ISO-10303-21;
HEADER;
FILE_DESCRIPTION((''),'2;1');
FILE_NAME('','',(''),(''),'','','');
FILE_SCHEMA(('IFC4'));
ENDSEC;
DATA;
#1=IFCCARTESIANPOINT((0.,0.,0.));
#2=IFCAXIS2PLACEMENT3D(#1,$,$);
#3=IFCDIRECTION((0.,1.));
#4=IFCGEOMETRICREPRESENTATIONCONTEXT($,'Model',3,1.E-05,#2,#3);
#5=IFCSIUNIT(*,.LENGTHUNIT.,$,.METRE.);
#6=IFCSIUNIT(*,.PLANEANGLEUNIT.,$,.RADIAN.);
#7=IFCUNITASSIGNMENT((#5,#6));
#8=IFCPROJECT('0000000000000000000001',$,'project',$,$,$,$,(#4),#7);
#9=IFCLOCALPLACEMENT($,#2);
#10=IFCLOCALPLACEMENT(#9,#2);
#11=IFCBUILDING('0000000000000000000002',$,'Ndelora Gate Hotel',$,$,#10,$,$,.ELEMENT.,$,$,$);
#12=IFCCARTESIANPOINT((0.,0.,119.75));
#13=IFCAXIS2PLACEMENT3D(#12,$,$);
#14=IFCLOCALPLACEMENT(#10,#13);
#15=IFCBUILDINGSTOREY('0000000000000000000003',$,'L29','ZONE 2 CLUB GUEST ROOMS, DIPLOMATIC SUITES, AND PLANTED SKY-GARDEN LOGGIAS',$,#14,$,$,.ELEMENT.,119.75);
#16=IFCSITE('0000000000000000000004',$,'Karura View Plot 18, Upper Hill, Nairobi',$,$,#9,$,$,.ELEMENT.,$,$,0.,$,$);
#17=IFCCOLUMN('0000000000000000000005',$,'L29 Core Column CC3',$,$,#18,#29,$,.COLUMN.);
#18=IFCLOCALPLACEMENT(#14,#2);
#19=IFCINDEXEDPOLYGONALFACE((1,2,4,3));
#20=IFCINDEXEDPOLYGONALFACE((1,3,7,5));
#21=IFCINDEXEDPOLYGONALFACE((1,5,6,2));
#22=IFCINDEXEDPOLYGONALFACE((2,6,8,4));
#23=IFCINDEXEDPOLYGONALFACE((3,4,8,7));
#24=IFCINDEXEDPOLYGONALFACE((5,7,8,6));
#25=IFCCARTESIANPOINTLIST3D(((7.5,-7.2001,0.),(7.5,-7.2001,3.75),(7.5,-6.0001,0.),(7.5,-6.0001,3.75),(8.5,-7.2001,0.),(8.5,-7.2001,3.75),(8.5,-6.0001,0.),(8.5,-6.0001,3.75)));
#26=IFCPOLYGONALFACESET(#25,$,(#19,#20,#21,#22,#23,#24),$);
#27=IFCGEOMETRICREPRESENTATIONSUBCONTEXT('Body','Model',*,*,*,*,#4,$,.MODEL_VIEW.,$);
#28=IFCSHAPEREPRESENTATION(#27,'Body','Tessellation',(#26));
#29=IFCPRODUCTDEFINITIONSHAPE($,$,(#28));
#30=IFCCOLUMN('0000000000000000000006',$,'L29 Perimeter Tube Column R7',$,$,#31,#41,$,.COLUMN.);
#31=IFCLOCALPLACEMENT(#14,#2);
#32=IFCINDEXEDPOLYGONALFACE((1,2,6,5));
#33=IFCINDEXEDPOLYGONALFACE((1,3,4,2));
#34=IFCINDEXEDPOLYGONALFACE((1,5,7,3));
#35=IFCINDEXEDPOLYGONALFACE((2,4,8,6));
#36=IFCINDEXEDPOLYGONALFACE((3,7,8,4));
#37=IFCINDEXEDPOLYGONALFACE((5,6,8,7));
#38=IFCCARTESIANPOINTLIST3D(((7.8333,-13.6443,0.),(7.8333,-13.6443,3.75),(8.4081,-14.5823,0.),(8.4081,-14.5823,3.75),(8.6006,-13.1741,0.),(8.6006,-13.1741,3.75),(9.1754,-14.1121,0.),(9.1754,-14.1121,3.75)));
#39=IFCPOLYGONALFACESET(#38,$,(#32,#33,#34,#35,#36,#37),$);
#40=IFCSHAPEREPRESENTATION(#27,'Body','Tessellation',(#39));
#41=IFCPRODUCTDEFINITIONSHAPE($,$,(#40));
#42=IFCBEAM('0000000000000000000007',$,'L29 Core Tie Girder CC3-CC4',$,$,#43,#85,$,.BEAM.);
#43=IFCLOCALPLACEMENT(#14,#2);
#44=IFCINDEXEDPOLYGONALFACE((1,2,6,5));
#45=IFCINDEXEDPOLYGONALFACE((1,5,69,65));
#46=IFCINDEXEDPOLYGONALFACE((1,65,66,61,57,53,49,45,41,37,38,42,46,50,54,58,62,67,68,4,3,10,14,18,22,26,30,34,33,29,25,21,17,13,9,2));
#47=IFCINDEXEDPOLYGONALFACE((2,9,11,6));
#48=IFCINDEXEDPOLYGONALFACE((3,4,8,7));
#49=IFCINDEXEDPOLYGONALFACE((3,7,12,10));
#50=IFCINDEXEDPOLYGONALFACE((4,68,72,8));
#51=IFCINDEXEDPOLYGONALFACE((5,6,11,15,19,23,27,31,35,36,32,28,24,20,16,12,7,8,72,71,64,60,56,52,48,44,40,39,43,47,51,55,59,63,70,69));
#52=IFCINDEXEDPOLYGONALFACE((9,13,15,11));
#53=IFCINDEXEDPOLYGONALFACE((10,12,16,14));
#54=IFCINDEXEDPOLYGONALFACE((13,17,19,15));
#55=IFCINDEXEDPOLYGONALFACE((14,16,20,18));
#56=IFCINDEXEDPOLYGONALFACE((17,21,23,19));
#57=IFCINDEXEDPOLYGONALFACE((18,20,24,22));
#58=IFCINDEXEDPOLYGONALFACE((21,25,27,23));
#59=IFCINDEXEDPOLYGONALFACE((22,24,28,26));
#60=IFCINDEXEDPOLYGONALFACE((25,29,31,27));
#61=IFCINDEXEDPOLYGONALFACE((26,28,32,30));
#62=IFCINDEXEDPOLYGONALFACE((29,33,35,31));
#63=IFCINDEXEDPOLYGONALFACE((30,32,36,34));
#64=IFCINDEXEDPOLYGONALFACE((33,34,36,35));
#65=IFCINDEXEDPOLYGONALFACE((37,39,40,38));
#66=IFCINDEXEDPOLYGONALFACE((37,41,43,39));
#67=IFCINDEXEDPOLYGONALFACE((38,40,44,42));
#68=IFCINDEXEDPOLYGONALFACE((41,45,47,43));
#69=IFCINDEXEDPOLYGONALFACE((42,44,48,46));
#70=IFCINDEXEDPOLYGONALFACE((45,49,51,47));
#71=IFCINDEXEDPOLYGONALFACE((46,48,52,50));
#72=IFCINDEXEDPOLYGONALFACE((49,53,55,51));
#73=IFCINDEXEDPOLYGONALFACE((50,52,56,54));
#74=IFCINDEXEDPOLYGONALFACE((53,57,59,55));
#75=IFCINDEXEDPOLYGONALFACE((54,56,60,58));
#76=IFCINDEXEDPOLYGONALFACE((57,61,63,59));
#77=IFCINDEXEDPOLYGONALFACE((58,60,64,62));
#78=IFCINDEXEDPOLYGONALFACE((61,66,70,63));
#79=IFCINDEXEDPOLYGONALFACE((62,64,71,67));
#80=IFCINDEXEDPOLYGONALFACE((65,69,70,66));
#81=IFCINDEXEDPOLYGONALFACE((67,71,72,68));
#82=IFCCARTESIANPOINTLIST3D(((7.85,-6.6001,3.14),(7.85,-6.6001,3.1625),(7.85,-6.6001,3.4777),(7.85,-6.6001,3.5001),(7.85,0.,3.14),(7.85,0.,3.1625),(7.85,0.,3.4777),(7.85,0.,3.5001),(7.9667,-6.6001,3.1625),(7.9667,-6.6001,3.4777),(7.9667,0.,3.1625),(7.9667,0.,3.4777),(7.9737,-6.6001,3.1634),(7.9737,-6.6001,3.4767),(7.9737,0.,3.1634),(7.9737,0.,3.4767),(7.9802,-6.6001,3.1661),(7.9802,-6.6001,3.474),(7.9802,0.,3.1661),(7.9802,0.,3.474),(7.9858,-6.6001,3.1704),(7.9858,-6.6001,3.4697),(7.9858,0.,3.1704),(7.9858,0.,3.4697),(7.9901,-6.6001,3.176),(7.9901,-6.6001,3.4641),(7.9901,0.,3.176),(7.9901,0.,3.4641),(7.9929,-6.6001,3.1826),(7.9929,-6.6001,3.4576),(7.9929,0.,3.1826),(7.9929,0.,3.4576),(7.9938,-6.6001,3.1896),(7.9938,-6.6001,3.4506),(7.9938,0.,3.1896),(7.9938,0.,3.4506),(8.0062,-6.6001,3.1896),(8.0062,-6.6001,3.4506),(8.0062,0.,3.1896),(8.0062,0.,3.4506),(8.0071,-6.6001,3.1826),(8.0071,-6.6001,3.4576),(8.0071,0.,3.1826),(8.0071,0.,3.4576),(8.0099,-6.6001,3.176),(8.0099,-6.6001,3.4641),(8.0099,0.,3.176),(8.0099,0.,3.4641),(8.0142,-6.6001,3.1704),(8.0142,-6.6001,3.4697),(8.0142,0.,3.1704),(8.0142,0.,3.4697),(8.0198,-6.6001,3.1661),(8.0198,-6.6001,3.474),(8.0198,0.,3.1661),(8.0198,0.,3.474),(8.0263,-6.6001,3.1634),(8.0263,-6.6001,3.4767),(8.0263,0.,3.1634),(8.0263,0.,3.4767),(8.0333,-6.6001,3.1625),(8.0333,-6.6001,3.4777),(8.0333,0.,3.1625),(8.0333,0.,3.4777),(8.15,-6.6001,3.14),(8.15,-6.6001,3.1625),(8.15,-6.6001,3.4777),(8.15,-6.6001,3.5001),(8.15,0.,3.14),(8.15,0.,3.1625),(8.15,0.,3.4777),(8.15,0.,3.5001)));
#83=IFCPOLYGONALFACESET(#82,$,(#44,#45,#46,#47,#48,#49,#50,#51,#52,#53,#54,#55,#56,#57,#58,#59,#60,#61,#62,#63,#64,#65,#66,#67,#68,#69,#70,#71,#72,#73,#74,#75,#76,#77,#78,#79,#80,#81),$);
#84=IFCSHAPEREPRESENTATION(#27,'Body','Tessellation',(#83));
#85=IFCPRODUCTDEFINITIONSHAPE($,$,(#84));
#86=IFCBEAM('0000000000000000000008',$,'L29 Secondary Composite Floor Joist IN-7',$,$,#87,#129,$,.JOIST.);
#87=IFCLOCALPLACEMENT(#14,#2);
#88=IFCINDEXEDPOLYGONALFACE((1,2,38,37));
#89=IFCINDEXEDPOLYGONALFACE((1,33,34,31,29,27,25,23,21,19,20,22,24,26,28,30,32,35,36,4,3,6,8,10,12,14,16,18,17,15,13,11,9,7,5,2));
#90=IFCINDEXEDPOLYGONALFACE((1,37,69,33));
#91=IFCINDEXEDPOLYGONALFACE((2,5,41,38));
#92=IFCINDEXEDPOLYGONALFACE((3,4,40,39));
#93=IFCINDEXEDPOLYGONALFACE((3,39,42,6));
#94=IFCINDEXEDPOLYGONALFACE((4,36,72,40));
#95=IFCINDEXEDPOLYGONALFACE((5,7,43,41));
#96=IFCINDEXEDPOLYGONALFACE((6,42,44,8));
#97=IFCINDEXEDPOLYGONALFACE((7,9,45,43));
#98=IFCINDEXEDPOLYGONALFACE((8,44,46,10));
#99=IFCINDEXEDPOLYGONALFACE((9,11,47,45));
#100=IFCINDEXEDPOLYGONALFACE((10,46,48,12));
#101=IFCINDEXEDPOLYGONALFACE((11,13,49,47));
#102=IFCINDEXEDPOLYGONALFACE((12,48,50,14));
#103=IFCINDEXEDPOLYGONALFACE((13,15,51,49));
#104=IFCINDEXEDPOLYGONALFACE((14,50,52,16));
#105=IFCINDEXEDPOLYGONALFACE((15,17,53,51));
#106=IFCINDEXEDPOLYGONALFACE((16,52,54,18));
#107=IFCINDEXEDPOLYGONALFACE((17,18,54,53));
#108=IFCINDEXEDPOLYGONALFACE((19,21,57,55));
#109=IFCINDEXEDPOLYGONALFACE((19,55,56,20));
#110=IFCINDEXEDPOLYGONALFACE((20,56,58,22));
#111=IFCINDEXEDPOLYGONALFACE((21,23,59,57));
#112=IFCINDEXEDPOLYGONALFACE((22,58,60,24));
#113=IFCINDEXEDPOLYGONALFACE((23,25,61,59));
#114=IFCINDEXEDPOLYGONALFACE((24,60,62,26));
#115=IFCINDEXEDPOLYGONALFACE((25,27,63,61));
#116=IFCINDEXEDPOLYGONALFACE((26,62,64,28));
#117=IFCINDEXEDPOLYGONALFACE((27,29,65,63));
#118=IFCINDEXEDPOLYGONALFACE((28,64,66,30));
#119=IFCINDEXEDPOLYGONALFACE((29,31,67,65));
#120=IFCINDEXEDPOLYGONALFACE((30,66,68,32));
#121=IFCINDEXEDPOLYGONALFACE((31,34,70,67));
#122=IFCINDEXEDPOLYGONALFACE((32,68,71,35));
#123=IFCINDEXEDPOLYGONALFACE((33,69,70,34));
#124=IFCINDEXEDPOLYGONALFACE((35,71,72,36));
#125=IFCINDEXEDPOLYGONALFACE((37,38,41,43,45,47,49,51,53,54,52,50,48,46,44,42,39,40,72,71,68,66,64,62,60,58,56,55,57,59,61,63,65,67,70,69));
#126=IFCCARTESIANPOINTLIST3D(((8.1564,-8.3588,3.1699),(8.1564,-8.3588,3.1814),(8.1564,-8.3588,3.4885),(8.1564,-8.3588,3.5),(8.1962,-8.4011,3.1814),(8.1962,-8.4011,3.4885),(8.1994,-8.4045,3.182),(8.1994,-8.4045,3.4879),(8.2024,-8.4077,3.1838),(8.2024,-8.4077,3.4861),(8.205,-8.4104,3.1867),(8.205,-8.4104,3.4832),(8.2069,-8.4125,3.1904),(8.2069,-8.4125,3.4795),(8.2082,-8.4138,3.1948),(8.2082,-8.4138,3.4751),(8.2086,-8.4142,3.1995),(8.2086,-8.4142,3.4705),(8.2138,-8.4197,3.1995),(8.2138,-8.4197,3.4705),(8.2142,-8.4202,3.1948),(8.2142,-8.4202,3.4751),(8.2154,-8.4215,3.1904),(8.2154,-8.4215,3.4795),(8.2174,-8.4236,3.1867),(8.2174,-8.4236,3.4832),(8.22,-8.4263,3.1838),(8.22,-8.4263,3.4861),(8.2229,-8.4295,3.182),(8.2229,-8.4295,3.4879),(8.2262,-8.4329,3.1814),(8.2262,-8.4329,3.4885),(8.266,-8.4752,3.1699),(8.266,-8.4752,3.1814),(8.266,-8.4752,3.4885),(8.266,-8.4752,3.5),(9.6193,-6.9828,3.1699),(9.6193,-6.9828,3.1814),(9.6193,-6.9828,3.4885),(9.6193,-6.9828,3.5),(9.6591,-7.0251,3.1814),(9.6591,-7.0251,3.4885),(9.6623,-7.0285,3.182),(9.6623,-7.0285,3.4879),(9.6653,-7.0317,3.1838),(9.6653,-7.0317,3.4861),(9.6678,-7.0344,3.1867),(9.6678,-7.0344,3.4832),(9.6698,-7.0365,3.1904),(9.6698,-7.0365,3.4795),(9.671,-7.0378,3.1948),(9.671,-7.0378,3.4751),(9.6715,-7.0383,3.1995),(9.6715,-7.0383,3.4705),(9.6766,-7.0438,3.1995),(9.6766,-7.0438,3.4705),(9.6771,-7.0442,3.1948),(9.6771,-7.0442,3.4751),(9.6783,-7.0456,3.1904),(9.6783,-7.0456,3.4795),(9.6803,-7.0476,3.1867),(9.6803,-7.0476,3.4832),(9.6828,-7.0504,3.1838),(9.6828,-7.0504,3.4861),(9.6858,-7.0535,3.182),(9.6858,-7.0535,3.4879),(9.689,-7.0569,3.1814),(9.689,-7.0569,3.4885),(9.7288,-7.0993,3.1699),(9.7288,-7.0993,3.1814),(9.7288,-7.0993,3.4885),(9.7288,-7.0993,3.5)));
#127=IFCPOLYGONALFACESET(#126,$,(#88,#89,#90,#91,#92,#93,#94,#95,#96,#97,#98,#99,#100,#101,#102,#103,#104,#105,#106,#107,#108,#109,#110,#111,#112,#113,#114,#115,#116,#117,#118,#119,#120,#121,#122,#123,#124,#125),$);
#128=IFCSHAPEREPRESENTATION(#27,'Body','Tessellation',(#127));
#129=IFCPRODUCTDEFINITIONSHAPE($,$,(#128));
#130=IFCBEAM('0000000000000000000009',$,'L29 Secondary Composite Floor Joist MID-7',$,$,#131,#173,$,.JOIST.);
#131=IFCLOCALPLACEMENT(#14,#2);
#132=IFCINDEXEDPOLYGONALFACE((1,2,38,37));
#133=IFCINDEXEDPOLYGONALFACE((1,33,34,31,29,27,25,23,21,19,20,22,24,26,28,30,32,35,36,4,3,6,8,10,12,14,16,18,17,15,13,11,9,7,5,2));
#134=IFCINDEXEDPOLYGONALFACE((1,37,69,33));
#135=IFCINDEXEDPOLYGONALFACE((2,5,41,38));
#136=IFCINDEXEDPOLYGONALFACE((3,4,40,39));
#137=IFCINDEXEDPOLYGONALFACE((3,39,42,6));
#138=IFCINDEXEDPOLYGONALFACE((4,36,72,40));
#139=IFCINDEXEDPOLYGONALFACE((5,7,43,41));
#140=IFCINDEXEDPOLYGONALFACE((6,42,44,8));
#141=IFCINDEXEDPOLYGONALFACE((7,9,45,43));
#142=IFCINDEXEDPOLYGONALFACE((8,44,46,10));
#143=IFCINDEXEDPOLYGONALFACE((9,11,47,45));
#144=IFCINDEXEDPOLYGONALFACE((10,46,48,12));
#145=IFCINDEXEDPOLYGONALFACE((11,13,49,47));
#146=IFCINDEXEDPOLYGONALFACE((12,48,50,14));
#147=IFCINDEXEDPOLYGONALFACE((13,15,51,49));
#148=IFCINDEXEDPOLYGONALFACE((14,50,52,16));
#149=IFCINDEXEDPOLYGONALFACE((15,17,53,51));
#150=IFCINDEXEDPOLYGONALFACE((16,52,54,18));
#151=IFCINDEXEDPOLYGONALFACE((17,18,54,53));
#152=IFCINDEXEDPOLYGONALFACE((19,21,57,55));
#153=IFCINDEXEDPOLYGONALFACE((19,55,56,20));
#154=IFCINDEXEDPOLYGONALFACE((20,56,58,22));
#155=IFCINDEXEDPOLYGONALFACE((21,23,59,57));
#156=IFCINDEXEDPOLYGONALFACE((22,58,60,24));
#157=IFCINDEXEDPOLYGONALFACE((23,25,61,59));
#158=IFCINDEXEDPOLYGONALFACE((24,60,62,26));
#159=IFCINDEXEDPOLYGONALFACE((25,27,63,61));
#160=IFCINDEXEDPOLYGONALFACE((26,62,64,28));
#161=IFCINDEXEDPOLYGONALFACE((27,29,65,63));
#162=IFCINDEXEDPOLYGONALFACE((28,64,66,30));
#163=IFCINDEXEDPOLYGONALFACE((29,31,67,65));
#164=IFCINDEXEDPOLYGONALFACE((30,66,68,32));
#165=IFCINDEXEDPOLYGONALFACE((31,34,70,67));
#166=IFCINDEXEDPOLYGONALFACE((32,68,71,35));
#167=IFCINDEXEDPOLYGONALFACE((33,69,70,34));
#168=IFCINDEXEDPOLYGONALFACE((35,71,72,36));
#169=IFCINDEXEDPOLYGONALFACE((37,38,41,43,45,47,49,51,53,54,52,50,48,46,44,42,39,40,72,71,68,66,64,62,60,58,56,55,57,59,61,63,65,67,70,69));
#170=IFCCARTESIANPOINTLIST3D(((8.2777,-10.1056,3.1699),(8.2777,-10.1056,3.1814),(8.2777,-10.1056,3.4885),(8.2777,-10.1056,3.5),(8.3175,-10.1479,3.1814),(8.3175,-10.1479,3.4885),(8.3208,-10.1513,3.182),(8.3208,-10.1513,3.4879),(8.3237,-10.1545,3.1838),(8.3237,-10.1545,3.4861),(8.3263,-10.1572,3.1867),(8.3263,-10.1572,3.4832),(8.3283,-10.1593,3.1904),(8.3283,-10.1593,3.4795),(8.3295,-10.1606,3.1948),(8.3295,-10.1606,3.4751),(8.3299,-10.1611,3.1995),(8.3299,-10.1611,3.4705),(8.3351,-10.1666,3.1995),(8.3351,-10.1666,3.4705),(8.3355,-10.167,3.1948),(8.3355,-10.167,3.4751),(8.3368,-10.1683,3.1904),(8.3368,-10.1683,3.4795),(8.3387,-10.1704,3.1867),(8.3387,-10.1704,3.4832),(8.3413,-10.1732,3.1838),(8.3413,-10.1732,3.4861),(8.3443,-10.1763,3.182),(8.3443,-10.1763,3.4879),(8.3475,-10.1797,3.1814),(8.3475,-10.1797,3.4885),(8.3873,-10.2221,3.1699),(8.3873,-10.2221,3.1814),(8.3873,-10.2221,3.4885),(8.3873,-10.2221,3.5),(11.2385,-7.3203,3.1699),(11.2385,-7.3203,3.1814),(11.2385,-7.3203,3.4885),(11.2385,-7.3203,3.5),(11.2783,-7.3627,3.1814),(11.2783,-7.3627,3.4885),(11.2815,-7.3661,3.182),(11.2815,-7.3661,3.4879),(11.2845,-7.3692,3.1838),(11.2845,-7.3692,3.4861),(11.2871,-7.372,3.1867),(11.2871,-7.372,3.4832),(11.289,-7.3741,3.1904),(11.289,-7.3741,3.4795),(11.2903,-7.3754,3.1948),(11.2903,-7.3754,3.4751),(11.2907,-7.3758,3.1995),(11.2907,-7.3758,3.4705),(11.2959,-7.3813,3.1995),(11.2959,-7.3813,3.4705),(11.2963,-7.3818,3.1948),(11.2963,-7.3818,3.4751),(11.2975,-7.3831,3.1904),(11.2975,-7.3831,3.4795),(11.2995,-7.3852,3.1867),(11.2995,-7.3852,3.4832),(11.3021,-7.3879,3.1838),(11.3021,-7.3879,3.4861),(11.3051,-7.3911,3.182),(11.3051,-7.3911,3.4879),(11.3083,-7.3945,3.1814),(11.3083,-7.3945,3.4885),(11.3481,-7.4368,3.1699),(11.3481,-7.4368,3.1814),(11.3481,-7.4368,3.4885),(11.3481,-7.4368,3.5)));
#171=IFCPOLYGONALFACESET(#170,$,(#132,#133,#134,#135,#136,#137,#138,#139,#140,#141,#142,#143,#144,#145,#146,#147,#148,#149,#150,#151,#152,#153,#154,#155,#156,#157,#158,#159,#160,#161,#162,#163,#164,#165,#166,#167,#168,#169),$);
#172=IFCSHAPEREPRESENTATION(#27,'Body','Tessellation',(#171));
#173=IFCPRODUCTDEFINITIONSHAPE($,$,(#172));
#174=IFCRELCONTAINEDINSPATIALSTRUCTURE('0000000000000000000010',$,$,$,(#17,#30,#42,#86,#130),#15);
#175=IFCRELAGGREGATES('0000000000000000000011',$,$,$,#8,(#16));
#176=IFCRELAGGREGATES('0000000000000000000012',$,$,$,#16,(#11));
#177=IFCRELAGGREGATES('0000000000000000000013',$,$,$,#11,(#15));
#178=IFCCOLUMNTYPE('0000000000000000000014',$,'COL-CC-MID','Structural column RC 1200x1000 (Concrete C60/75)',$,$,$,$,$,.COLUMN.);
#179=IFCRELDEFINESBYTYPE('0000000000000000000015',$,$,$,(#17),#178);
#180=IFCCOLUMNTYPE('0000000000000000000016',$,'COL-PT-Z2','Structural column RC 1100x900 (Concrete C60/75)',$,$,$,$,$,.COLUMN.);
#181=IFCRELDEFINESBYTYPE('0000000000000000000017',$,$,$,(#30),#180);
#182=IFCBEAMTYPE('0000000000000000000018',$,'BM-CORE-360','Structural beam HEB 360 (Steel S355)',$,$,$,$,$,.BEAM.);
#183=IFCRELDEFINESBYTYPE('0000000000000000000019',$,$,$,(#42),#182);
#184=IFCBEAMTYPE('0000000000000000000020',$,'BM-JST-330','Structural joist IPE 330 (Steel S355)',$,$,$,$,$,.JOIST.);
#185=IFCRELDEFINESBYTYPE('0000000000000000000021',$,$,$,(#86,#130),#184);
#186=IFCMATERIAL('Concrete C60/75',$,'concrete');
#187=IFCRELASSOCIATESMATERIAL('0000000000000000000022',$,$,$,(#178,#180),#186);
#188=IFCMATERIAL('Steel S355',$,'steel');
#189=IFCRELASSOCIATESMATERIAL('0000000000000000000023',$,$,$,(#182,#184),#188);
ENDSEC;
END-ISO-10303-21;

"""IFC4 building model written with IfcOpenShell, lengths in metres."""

from ifc_helpers import new_model, si_unit, direction, frame, origin, origin_2d, place, context, subcontext, project, spatial, rectangle, i_section, extrude, material, material_profile, profile_set, type_object, element, save


model = new_model("IFC4")

# Units and contexts
model_context = context("Model", 3, precision=1e-05, world=origin(), true_north=direction((0.0, 1.0)))
body_context = subcontext(model_context, "Body", "Model", "MODEL_VIEW")
ifc_project = project(units=[si_unit("LENGTHUNIT", "METRE"), si_unit("PLANEANGLEUNIT", "RADIAN")], contexts=[model_context])

# Site, building, storey
site_placement = place(None, origin())
site = spatial("IfcSite", under=ifc_project, at=site_placement, Name="Karura View Plot 18, Upper Hill, Nairobi", CompositionType="ELEMENT", RefElevation=0.0)
building_placement = place(site_placement, origin())
building = spatial("IfcBuilding", under=site, at=building_placement, Name="Ndelora Gate Hotel", CompositionType="ELEMENT")
storey_placement = place(building_placement, frame((0.0, 0.0, 119.75)))
storey = spatial("IfcBuildingStorey", under=building, at=storey_placement, Name="L29", Description="ZONE 2 CLUB GUEST ROOMS, DIPLOMATIC SUITES, AND PLANTED SKY-GARDEN LOGGIAS", CompositionType="ELEMENT", Elevation=119.75)

# Columns
ifc_material_1 = material(Name="Concrete C60/75", Category="concrete")
ifc_material_profile_1 = material_profile(ifc_material_1, rectangle(XDim=1.0, YDim=1.2, at=origin_2d()), Name="RC 1200x1000")
ifc_profile_set_1 = profile_set([ifc_material_profile_1], Name="Concrete C60/75")
column_type_1 = type_object("IfcColumnType", Name="COL-CC-MID", Description="Structural column RC 1200x1000 (Concrete C60/75)", PredefinedType="COLUMN", material=ifc_profile_set_1)
column_1_placement = place(storey_placement, frame((8.0, -6.6001, 0.0), z_axis=(0.0, 0.0, 1.0), x_axis=(1.0, 0.0, 0.0)))
element("IfcColumn", 1, at=column_1_placement, inside=storey, type_object=column_type_1, Name="L29 Core Column CC3", PredefinedType="COLUMN", context=body_context, shape_type="SweptSolid", body=[
    extrude(rectangle(XDim=1.0, YDim=1.2, at=origin_2d()), origin(), (0.0, 0.0, 1.0), 3.75),
])
ifc_material_profile_2 = material_profile(ifc_material_1, rectangle(XDim=0.8999, YDim=1.1001, at=origin_2d()), Name="RC 1100x900")
ifc_profile_set_2 = profile_set([ifc_material_profile_2], Name="Concrete C60/75")
column_type_2 = type_object("IfcColumnType", Name="COL-PT-Z2", Description="Structural column RC 1100x900 (Concrete C60/75)", PredefinedType="COLUMN", material=ifc_profile_set_2)
column_2_placement = place(storey_placement, frame((8.5044, -13.8782, 0.0), z_axis=(0.0, 0.0, 1.0), x_axis=(0.85264, 0.522499, 0.0)))
element("IfcColumn", 2, at=column_2_placement, inside=storey, type_object=column_type_2, Name="L29 Perimeter Tube Column R7", PredefinedType="COLUMN", context=body_context, shape_type="SweptSolid", body=[
    extrude(rectangle(XDim=0.8999, YDim=1.1001, at=origin_2d()), origin(), (0.0, 0.0, 1.0), 3.75),
])

# Beams
ifc_material_2 = material(Name="Steel S355", Category="steel")
ifc_material_profile_3 = material_profile(ifc_material_2, i_section(OverallWidth=0.3, OverallDepth=0.3601, WebThickness=0.0125, FlangeThickness=0.0225, FilletRadius=0.0271, at=origin_2d()), Name="HEB 360")
ifc_profile_set_3 = profile_set([ifc_material_profile_3], Name="Steel S355")
beam_type_1 = type_object("IfcBeamType", Name="BM-CORE-360", Description="Structural beam HEB 360 (Steel S355)", PredefinedType="BEAM", material=ifc_profile_set_3)
beam_1_placement = place(storey_placement, frame((8.0, -6.6001, 3.3201), z_axis=(0.0, 1.0, 0.0), x_axis=(-1.0, 0.0, 0.0)))
element("IfcBeam", 3, at=beam_1_placement, inside=storey, type_object=beam_type_1, Name="L29 Core Tie Girder CC3-CC4", PredefinedType="BEAM", context=body_context, shape_type="SweptSolid", body=[
    extrude(i_section(OverallWidth=0.3, OverallDepth=0.3601, WebThickness=0.0125, FlangeThickness=0.0225, FilletRadius=0.0271, at=origin_2d()), origin(), (0.0, 0.0, 1.0), 6.6001),
])
ifc_material_profile_4 = material_profile(ifc_material_2, i_section(OverallWidth=0.1599, OverallDepth=0.3301, WebThickness=0.0076, FlangeThickness=0.0115, FilletRadius=0.0181, at=origin_2d()), Name="IPE 330")
ifc_profile_set_4 = profile_set([ifc_material_profile_4], Name="Steel S355")
beam_type_2 = type_object("IfcBeamType", Name="BM-JST-330", Description="Structural joist IPE 330 (Steel S355)", PredefinedType="JOIST", material=ifc_profile_set_4)
beam_2_placement = place(storey_placement, frame((8.2112, -8.417, 3.335), z_axis=(0.728414, 0.685137, 0.0), x_axis=(-0.685137, 0.728414, 0.0)))
element("IfcBeam", 4, at=beam_2_placement, inside=storey, type_object=beam_type_2, Name="L29 Secondary Composite Floor Joist IN-7", PredefinedType="JOIST", context=body_context, shape_type="SweptSolid", body=[
    extrude(i_section(OverallWidth=0.1599, OverallDepth=0.3301, WebThickness=0.0076, FlangeThickness=0.0115, FilletRadius=0.0181, at=origin_2d()), origin(), (0.0, 0.0, 1.0), 2.0083),
])
beam_3_placement = place(storey_placement, frame((8.3325, -10.1638, 3.335), z_axis=(0.728369, 0.685185, 0.0), x_axis=(-0.685185, 0.728369, 0.0)))
element("IfcBeam", 5, at=beam_3_placement, inside=storey, type_object=beam_type_2, Name="L29 Secondary Composite Floor Joist MID-7", PredefinedType="JOIST", context=body_context, shape_type="SweptSolid", body=[
    extrude(i_section(OverallWidth=0.1599, OverallDepth=0.3301, WebThickness=0.0076, FlangeThickness=0.0115, FilletRadius=0.0181, at=origin_2d()), origin(), (0.0, 0.0, 1.0), 4.0649),
])

save(model, "model.ifc")
